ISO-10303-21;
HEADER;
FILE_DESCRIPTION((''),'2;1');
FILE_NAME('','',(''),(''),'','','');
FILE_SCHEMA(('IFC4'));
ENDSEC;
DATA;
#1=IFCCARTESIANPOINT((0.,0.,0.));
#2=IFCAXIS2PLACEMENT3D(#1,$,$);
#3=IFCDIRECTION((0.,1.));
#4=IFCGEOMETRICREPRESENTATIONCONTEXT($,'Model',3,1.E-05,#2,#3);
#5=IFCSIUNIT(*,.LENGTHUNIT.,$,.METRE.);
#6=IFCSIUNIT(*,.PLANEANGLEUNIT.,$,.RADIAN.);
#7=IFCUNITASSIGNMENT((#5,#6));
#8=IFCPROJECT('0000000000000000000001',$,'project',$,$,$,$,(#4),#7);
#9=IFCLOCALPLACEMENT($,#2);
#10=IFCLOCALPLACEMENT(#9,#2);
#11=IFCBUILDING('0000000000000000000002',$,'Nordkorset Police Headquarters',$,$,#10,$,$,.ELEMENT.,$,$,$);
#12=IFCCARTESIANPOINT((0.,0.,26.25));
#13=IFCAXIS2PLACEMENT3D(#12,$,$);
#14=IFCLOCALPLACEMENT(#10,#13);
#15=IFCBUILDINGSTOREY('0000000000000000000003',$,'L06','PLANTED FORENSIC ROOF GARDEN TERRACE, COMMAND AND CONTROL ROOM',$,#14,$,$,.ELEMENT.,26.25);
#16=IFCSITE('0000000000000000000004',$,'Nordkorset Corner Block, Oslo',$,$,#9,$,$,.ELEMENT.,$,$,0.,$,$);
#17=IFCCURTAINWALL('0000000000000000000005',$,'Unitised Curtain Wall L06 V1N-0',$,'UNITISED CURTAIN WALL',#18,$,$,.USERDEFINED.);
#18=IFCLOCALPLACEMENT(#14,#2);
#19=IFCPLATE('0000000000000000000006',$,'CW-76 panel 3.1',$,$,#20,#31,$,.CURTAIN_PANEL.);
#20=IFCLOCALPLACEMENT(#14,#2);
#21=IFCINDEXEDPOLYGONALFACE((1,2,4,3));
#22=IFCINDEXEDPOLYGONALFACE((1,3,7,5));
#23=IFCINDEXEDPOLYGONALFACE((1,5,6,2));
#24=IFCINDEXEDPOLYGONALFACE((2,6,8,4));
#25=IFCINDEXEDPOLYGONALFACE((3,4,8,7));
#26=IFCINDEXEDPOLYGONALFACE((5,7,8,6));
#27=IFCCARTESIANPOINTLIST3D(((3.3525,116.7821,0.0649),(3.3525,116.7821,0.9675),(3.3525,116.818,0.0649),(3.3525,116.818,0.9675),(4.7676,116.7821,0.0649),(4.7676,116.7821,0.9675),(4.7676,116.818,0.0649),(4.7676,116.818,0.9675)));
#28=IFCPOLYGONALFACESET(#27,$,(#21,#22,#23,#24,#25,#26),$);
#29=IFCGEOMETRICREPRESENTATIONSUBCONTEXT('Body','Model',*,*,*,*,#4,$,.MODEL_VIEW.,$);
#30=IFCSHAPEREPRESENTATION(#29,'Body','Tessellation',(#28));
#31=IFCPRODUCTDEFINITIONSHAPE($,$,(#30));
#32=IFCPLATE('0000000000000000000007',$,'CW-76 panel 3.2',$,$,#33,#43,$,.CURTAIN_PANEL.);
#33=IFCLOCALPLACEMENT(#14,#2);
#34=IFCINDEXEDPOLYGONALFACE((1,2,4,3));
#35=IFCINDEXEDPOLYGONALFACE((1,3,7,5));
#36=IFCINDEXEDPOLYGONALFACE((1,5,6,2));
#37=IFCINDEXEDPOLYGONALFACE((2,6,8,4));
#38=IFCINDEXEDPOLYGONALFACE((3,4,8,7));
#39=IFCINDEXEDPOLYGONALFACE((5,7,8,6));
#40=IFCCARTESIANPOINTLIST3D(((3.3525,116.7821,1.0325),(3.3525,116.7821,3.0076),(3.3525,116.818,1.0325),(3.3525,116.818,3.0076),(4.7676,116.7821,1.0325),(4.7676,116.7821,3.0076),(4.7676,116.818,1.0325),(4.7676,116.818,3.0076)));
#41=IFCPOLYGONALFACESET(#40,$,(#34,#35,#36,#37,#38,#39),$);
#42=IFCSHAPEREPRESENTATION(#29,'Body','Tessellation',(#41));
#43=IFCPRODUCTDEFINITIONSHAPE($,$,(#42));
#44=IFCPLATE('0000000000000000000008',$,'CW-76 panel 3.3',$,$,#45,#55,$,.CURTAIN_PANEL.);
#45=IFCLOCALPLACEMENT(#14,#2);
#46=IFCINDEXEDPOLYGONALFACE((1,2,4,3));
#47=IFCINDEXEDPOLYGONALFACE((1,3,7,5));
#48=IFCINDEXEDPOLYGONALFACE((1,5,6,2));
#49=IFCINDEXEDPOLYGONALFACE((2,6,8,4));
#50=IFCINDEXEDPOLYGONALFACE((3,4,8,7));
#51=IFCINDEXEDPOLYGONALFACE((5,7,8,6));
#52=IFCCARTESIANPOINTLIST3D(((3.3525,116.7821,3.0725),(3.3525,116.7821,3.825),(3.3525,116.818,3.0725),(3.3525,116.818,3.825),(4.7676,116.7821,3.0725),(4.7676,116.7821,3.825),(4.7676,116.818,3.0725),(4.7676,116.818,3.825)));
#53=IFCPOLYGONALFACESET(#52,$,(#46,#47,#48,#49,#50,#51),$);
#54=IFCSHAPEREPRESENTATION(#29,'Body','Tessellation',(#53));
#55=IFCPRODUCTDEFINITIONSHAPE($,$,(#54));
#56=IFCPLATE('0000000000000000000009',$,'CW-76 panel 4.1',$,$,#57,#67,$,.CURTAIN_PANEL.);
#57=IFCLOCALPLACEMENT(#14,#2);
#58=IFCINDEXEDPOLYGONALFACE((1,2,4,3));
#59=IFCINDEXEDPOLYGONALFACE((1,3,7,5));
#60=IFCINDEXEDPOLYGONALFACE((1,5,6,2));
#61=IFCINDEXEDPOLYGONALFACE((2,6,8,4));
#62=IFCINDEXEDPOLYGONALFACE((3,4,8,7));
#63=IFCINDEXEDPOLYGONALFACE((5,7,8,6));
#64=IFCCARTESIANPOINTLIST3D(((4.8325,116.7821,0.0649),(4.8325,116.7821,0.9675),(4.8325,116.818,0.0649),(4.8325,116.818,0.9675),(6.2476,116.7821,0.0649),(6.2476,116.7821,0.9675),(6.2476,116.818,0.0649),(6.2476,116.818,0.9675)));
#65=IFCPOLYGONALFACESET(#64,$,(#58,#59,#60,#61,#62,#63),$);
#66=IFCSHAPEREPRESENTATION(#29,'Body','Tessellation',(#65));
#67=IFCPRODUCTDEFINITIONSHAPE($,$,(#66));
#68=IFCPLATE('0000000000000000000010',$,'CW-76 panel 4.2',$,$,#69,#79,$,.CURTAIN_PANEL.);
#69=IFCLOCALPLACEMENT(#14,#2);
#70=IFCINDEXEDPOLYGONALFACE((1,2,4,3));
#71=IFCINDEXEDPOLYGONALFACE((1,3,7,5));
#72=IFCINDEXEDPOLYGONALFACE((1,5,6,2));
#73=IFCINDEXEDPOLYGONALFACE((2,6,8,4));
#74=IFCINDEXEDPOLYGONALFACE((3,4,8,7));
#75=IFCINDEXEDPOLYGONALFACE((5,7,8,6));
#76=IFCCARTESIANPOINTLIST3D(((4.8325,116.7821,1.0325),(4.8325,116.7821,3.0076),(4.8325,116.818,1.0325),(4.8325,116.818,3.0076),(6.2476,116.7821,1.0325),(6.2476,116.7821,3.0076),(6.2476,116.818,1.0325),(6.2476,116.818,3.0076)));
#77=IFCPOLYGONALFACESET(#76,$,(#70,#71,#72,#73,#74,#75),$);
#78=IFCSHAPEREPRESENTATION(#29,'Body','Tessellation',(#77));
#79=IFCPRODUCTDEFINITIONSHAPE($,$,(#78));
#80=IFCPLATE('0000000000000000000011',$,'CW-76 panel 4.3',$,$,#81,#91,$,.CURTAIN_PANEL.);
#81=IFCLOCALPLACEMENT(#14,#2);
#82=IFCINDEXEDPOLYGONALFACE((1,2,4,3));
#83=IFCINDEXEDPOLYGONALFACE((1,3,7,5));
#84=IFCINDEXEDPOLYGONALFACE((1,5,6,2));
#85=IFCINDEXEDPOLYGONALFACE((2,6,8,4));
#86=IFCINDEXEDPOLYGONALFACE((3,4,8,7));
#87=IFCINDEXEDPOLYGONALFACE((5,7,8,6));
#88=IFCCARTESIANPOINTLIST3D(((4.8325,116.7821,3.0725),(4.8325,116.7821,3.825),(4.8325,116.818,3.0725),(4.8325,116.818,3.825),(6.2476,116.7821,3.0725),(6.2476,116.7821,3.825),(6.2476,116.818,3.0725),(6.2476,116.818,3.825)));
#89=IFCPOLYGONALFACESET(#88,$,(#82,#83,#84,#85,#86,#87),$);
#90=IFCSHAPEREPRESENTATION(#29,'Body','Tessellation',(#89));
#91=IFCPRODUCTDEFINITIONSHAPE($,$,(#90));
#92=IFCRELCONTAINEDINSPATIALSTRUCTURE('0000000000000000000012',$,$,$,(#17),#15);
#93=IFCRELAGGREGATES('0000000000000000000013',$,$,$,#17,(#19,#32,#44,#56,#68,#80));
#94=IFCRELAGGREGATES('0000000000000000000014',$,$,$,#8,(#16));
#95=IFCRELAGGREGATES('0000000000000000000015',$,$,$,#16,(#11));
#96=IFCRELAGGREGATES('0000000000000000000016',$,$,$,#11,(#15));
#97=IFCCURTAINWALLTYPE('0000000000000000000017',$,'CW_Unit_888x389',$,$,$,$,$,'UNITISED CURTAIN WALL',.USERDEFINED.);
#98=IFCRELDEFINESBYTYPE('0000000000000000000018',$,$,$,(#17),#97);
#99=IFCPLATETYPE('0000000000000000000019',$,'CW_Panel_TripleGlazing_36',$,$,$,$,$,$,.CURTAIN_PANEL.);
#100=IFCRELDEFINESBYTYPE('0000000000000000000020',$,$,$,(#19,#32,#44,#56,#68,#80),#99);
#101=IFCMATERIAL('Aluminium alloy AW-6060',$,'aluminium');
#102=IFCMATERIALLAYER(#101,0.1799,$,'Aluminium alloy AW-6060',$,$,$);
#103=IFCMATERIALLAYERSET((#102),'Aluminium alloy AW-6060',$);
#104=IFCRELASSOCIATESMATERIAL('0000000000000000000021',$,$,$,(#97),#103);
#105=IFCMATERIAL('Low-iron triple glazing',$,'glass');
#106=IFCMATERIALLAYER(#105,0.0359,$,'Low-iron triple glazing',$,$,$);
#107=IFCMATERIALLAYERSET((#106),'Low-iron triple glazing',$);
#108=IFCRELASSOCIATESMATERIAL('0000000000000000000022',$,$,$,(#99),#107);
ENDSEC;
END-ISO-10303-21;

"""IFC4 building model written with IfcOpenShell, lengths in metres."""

from ifc_helpers import new_model, si_unit, direction, frame, origin, origin_2d, place, context, subcontext, project, spatial, rectangle, extrude, material, layer, layer_set, type_object, element, aggregate, save


model = new_model("IFC4")

# Units and contexts
model_context = context("Model", 3, precision=1e-05, world=origin(), true_north=direction((0.0, 1.0)))
body_context = subcontext(model_context, "Body", "Model", "MODEL_VIEW")
ifc_project = project(units=[si_unit("LENGTHUNIT", "METRE"), si_unit("PLANEANGLEUNIT", "RADIAN")], contexts=[model_context])

# Site, building, storey
site_placement = place(None, origin())
site = spatial("IfcSite", under=ifc_project, at=site_placement, Name="Nordkorset Corner Block, Oslo", CompositionType="ELEMENT", RefElevation=0.0)
building_placement = place(site_placement, origin())
building = spatial("IfcBuilding", under=site, at=building_placement, Name="Nordkorset Police Headquarters", CompositionType="ELEMENT")
storey_placement = place(building_placement, frame((0.0, 0.0, 26.25)))
storey = spatial("IfcBuildingStorey", under=building, at=storey_placement, Name="L06", Description="PLANTED FORENSIC ROOF GARDEN TERRACE, COMMAND AND CONTROL ROOM", CompositionType="ELEMENT", Elevation=26.25)

# Curtain wall, plates
ifc_material_1 = material(Name="Aluminium alloy AW-6060", Category="aluminium")
ifc_layer_1 = layer(ifc_material_1, 0.1799, Name="Aluminium alloy AW-6060")
ifc_layer_set_1 = layer_set([ifc_layer_1], Name="Aluminium alloy AW-6060")
curtain_wall_type = type_object("IfcCurtainWallType", Name="CW_Unit_888x389", ElementType="UNITISED CURTAIN WALL", PredefinedType="USERDEFINED", material=ifc_layer_set_1)
curtain_wall_placement = place(storey_placement, origin())
curtain_wall = element("IfcCurtainWall", 1, at=curtain_wall_placement, inside=storey, type_object=curtain_wall_type, Name="Unitised Curtain Wall L06 V1N-0", ObjectType="UNITISED CURTAIN WALL", PredefinedType="USERDEFINED")
ifc_material_2 = material(Name="Low-iron triple glazing", Category="glass")
ifc_layer_2 = layer(ifc_material_2, 0.0359, Name="Low-iron triple glazing")
ifc_layer_set_2 = layer_set([ifc_layer_2], Name="Low-iron triple glazing")
plate_type = type_object("IfcPlateType", Name="CW_Panel_TripleGlazing_36", PredefinedType="CURTAIN_PANEL", material=ifc_layer_set_2)
plate_1_placement = place(storey_placement, frame((4.0601, 116.8, 0.0649), z_axis=(0.0, 0.0, 1.0), x_axis=(1.0, 0.0, 0.0)))
plate_1 = element("IfcPlate", 2, at=plate_1_placement, type_object=plate_type, Name="CW-76 panel 3.1", PredefinedType="CURTAIN_PANEL", context=body_context, shape_type="SweptSolid", body=[
    extrude(rectangle(XDim=1.415, YDim=0.0359, at=origin_2d()), origin(), (0.0, 0.0, 1.0), 0.9026),
])
plate_2_placement = place(storey_placement, frame((4.0601, 116.8, 1.0325), z_axis=(0.0, 0.0, 1.0), x_axis=(1.0, 0.0, 0.0)))
plate_2 = element("IfcPlate", 3, at=plate_2_placement, type_object=plate_type, Name="CW-76 panel 3.2", PredefinedType="CURTAIN_PANEL", context=body_context, shape_type="SweptSolid", body=[
    extrude(rectangle(XDim=1.415, YDim=0.0359, at=origin_2d()), origin(), (0.0, 0.0, 1.0), 1.9751),
])
plate_3_placement = place(storey_placement, frame((4.0601, 116.8, 3.0725), z_axis=(0.0, 0.0, 1.0), x_axis=(1.0, 0.0, 0.0)))
plate_3 = element("IfcPlate", 4, at=plate_3_placement, type_object=plate_type, Name="CW-76 panel 3.3", PredefinedType="CURTAIN_PANEL", context=body_context, shape_type="SweptSolid", body=[
    extrude(rectangle(XDim=1.415, YDim=0.0359, at=origin_2d()), origin(), (0.0, 0.0, 1.0), 0.7524),
])
plate_4_placement = place(storey_placement, frame((5.54, 116.8, 0.0649), z_axis=(0.0, 0.0, 1.0), x_axis=(1.0, 0.0, 0.0)))
plate_4 = element("IfcPlate", 5, at=plate_4_placement, type_object=plate_type, Name="CW-76 panel 4.1", PredefinedType="CURTAIN_PANEL", context=body_context, shape_type="SweptSolid", body=[
    extrude(rectangle(XDim=1.415, YDim=0.0359, at=origin_2d()), origin(), (0.0, 0.0, 1.0), 0.9026),
])
plate_5_placement = place(storey_placement, frame((5.54, 116.8, 1.0325), z_axis=(0.0, 0.0, 1.0), x_axis=(1.0, 0.0, 0.0)))
plate_5 = element("IfcPlate", 6, at=plate_5_placement, type_object=plate_type, Name="CW-76 panel 4.2", PredefinedType="CURTAIN_PANEL", context=body_context, shape_type="SweptSolid", body=[
    extrude(rectangle(XDim=1.415, YDim=0.0359, at=origin_2d()), origin(), (0.0, 0.0, 1.0), 1.9751),
])
plate_6_placement = place(storey_placement, frame((5.54, 116.8, 3.0725), z_axis=(0.0, 0.0, 1.0), x_axis=(1.0, 0.0, 0.0)))
plate_6 = element("IfcPlate", 7, at=plate_6_placement, type_object=plate_type, Name="CW-76 panel 4.3", PredefinedType="CURTAIN_PANEL", context=body_context, shape_type="SweptSolid", body=[
    extrude(rectangle(XDim=1.415, YDim=0.0359, at=origin_2d()), origin(), (0.0, 0.0, 1.0), 0.7524),
])
aggregate(curtain_wall, [plate_1, plate_2, plate_3, plate_4, plate_5, plate_6])

save(model, "model.ifc")
